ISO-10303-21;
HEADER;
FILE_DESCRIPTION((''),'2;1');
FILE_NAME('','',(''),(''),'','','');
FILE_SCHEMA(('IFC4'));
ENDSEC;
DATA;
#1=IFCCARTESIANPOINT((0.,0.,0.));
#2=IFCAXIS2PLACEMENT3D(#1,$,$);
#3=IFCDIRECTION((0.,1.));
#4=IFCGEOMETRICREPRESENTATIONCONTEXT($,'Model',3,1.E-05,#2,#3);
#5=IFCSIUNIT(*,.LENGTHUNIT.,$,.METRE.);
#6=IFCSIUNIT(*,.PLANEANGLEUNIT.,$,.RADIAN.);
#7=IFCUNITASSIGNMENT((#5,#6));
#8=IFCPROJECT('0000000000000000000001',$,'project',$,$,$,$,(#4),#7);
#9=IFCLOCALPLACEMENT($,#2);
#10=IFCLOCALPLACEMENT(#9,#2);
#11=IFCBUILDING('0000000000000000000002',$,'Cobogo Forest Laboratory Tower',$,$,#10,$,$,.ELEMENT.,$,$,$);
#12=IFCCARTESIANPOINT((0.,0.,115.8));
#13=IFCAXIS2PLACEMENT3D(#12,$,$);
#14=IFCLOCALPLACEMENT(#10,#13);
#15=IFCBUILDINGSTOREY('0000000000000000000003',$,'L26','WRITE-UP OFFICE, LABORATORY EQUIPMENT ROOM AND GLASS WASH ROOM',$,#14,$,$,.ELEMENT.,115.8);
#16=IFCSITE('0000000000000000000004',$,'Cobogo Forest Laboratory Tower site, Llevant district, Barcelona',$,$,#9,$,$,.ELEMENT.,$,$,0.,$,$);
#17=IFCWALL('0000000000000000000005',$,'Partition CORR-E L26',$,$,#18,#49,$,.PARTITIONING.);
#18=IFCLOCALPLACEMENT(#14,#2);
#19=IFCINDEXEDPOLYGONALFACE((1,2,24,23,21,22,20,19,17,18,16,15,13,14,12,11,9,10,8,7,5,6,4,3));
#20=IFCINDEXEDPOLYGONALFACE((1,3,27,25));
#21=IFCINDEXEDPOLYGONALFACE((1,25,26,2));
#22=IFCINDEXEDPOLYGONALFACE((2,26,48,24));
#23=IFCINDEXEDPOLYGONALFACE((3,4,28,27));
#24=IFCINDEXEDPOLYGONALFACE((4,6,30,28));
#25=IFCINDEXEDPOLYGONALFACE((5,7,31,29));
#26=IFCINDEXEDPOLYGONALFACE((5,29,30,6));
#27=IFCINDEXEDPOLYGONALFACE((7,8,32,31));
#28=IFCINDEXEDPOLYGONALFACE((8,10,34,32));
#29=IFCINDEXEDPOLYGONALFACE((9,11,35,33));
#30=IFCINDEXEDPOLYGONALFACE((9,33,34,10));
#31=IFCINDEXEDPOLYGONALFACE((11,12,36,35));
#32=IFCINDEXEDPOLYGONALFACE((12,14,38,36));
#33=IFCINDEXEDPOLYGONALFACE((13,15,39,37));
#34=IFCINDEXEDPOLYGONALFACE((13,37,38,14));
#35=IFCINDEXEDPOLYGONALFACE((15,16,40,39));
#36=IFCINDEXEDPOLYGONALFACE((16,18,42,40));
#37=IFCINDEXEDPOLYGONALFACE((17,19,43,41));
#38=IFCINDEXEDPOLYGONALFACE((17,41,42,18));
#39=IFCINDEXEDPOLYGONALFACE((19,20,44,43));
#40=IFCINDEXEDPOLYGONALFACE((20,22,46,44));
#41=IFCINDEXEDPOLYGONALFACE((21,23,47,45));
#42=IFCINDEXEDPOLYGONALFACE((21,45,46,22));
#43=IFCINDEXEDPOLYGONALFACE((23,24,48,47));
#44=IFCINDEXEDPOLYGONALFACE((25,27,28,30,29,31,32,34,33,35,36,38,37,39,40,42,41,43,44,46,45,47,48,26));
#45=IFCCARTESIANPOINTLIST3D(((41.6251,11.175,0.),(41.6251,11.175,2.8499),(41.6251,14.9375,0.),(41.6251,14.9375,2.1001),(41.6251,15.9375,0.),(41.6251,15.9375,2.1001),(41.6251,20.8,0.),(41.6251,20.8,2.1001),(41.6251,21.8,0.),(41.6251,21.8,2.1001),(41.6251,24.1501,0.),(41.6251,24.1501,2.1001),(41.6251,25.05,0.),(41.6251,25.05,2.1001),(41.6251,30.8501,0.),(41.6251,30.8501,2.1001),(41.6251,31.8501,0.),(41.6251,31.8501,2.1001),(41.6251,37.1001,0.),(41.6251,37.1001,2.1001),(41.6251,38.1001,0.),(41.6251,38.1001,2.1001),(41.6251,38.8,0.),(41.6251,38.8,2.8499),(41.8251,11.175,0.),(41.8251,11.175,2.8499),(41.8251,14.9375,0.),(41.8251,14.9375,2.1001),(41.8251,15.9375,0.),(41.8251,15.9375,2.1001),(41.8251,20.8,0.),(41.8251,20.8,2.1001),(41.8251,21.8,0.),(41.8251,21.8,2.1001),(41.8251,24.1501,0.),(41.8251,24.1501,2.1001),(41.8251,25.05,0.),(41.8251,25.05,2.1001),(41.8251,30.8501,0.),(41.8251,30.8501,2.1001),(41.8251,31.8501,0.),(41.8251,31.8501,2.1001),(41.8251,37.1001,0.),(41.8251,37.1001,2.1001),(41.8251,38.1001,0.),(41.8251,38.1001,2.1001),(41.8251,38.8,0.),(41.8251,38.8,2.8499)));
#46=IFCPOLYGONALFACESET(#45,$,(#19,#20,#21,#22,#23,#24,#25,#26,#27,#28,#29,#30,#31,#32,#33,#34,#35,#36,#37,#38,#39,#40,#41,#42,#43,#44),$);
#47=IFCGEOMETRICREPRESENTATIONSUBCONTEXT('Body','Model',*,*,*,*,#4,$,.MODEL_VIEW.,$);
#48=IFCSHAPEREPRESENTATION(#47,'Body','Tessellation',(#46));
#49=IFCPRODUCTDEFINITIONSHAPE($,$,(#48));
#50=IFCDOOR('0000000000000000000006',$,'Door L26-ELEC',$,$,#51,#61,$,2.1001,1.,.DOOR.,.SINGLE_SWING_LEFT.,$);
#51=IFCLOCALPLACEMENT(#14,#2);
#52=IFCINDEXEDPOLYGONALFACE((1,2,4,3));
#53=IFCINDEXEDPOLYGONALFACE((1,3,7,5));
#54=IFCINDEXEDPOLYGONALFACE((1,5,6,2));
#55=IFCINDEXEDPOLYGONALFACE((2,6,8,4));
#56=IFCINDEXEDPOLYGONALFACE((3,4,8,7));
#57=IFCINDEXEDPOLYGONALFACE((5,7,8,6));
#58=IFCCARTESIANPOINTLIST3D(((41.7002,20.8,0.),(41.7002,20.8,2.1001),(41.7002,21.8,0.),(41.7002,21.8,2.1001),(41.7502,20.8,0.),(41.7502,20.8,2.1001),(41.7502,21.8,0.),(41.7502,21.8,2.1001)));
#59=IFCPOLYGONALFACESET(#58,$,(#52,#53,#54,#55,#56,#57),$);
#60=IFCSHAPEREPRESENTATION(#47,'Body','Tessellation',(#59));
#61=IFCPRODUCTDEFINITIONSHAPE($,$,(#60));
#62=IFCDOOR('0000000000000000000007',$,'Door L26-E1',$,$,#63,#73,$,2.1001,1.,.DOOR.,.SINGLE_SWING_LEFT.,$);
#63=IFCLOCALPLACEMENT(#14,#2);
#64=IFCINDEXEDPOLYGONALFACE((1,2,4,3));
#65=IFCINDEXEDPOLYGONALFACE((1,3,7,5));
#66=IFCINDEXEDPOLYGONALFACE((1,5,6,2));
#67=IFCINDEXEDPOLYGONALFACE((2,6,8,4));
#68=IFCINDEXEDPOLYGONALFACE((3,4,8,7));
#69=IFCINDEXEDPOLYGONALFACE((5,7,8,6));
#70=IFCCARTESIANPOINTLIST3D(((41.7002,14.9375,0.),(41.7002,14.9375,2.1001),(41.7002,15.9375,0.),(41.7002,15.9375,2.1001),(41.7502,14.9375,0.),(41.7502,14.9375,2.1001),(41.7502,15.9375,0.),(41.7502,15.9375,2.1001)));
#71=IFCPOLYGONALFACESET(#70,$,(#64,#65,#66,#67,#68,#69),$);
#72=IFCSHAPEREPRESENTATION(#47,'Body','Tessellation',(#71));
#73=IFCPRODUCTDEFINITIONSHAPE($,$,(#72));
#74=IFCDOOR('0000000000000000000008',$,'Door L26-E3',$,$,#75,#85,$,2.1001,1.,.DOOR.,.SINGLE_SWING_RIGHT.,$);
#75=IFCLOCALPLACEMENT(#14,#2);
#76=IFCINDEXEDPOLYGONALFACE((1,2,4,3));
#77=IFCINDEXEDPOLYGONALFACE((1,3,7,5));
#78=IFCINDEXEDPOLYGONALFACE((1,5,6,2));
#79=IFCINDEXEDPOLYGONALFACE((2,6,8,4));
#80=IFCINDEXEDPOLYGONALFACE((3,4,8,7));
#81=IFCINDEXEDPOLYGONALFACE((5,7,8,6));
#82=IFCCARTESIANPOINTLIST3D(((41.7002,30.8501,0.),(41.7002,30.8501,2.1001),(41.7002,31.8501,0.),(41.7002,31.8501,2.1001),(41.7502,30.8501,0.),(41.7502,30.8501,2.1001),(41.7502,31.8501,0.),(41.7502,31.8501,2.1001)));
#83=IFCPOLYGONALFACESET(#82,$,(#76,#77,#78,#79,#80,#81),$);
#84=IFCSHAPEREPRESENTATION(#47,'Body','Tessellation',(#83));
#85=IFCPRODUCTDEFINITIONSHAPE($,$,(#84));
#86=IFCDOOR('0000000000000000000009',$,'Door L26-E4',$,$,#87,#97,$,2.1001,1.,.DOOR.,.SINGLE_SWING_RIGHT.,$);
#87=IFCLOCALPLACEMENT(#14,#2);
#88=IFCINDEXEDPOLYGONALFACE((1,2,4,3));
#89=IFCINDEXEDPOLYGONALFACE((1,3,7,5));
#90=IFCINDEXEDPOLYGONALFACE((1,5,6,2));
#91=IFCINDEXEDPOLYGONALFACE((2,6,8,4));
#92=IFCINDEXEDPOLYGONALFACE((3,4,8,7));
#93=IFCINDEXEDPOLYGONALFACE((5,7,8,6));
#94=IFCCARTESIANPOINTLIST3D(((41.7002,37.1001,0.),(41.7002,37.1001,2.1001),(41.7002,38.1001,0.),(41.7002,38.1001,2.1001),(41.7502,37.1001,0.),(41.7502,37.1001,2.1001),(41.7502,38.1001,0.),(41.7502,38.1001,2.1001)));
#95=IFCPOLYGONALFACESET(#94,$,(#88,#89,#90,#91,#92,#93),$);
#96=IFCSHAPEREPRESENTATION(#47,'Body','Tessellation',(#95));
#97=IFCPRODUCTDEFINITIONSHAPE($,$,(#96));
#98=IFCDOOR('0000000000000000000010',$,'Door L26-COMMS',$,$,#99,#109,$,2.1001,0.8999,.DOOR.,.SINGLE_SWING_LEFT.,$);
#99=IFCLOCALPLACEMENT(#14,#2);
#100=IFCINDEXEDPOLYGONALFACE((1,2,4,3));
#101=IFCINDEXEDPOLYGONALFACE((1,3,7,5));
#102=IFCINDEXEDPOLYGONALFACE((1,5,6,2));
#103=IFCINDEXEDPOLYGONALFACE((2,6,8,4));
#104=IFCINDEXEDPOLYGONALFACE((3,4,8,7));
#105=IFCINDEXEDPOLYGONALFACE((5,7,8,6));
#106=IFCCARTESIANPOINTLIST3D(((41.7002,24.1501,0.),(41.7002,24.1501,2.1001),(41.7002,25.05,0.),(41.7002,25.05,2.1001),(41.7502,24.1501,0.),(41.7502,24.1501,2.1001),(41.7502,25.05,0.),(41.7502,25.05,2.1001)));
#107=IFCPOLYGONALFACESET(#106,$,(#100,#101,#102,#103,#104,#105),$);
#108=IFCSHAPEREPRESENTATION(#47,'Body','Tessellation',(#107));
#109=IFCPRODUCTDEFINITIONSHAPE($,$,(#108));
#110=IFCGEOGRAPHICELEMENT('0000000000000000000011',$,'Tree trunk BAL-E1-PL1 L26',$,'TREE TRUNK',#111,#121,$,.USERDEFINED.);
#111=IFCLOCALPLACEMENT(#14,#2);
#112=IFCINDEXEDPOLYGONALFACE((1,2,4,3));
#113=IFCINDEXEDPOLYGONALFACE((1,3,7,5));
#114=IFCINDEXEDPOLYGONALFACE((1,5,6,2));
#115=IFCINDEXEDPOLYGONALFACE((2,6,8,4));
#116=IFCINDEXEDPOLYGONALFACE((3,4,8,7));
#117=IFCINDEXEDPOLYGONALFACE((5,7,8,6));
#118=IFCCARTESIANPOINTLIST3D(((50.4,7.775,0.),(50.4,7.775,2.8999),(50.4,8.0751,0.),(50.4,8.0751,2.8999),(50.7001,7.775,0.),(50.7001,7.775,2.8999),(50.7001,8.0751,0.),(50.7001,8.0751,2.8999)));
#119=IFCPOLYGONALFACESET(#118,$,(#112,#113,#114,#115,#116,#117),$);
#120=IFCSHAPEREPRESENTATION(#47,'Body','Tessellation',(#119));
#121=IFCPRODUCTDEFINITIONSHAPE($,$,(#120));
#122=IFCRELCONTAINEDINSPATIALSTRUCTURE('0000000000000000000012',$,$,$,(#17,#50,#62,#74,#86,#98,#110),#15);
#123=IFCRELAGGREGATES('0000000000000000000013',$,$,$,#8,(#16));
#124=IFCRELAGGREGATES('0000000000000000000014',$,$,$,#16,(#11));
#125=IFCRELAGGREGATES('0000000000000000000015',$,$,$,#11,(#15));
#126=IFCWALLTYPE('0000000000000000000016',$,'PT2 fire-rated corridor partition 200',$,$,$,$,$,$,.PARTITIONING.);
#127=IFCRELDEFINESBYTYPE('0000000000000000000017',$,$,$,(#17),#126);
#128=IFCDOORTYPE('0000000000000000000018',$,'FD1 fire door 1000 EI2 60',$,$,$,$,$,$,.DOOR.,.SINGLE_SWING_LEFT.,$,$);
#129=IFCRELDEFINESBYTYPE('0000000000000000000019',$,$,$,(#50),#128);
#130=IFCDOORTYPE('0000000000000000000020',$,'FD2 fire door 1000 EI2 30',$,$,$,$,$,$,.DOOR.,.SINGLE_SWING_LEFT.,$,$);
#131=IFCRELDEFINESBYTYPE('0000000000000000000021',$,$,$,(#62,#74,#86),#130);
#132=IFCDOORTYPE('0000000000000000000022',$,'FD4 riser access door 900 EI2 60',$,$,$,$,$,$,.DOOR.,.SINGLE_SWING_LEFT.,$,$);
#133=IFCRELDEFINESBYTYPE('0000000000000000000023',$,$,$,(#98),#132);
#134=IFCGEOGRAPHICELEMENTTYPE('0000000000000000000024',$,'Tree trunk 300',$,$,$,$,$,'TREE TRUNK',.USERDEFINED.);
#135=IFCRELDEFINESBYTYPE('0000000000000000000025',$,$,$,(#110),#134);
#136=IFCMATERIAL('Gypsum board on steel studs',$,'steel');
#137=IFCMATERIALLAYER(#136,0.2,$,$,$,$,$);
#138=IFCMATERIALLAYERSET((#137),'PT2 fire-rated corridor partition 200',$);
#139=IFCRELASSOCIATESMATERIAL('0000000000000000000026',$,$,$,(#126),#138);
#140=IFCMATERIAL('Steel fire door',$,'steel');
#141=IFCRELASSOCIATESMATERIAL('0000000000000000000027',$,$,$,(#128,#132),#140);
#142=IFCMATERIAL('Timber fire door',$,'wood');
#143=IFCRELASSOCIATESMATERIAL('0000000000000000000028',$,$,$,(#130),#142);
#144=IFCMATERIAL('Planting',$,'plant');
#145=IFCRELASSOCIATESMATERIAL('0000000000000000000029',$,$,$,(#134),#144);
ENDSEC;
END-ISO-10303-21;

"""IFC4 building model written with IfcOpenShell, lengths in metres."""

from ifc_helpers import new_model, si_unit, direction, frame, frame_2d, origin, origin_2d, place, context, subcontext, project, spatial, rectangle, extrude, material, layer, layer_set, type_object, element, fill, save


model = new_model("IFC4")

# Units and contexts
model_context = context("Model", 3, precision=1e-05, world=origin(), true_north=direction((0.0, 1.0)))
body_context = subcontext(model_context, "Body", "Model", "MODEL_VIEW")
ifc_project = project(units=[si_unit("LENGTHUNIT", "METRE"), si_unit("PLANEANGLEUNIT", "RADIAN")], contexts=[model_context])

# Site, building, storey
site_placement = place(None, origin())
site = spatial("IfcSite", under=ifc_project, at=site_placement, Name="Cobogo Forest Laboratory Tower site, Llevant district, Barcelona", CompositionType="ELEMENT", RefElevation=0.0)
building_placement = place(site_placement, origin())
building = spatial("IfcBuilding", under=site, at=building_placement, Name="Cobogo Forest Laboratory Tower", CompositionType="ELEMENT")
storey_placement = place(building_placement, frame((0.0, 0.0, 115.8)))
storey = spatial("IfcBuildingStorey", under=building, at=storey_placement, Name="L26", Description="WRITE-UP OFFICE, LABORATORY EQUIPMENT ROOM AND GLASS WASH ROOM", CompositionType="ELEMENT", Elevation=115.8)

# Shared definitions
ifc_material_1 = material(Name="Gypsum board on steel studs", Category="steel")

# Wall, openings, doors
ifc_layer_1 = layer(ifc_material_1, 0.2)
ifc_layer_set_1 = layer_set([ifc_layer_1], Name="PT2 fire-rated corridor partition 200")
wall_type_1 = type_object("IfcWallType", Name="PT2 fire-rated corridor partition 200", PredefinedType="PARTITIONING", material=ifc_layer_set_1)
wall_1_placement = place(storey_placement, frame((41.7251, 11.175, 0.0), z_axis=(0.0, 0.0, 1.0), x_axis=(0.0, 1.0, 0.0)))
wall_1 = element("IfcWall", 1, at=wall_1_placement, inside=storey, type_object=wall_type_1, Name="Partition CORR-E L26", PredefinedType="PARTITIONING", context=body_context, shape_type="SweptSolid", body=[
    extrude(rectangle(XDim=27.625, YDim=0.2, at=frame_2d((13.8125, 0.0))), origin(), (0.0, 0.0, 1.0), 2.8499),
])
opening_1_placement = place(wall_1_placement, frame((3.7625, 0.0, 0.0)))
opening_1 = element("IfcOpeningElement", 2, at=opening_1_placement, cuts=wall_1, PredefinedType="OPENING", context=body_context, shape_type="SweptSolid", body=[
    extrude(rectangle(XDim=1.0, YDim=2.1001, at=frame_2d((0.5, 1.05))), frame((0.0, 0.1099, 0.0), z_axis=(0.0, -1.0, 0.0), x_axis=(1.0, 0.0, 0.0)), (0.0, 0.0, 1.0), 0.22),
])
opening_2_placement = place(wall_1_placement, frame((9.625, 0.0, 0.0)))
opening_2 = element("IfcOpeningElement", 3, at=opening_2_placement, cuts=wall_1, PredefinedType="OPENING", context=body_context, shape_type="SweptSolid", body=[
    extrude(rectangle(XDim=1.0, YDim=2.1001, at=frame_2d((0.5, 1.05))), frame((0.0, 0.1099, 0.0), z_axis=(0.0, -1.0, 0.0), x_axis=(1.0, 0.0, 0.0)), (0.0, 0.0, 1.0), 0.22),
])
opening_3_placement = place(wall_1_placement, frame((12.9751, 0.0, 0.0)))
opening_3 = element("IfcOpeningElement", 4, at=opening_3_placement, cuts=wall_1, PredefinedType="OPENING", context=body_context, shape_type="SweptSolid", body=[
    extrude(rectangle(XDim=0.8999, YDim=2.1001, at=frame_2d((0.45, 1.05))), frame((0.0, 0.1099, 0.0), z_axis=(0.0, -1.0, 0.0), x_axis=(1.0, 0.0, 0.0)), (0.0, 0.0, 1.0), 0.22),
])
opening_4_placement = place(wall_1_placement, frame((19.675, 0.0, 0.0)))
opening_4 = element("IfcOpeningElement", 5, at=opening_4_placement, cuts=wall_1, PredefinedType="OPENING", context=body_context, shape_type="SweptSolid", body=[
    extrude(rectangle(XDim=1.0, YDim=2.1001, at=frame_2d((0.5, 1.05))), frame((0.0, 0.1099, 0.0), z_axis=(0.0, -1.0, 0.0), x_axis=(1.0, 0.0, 0.0)), (0.0, 0.0, 1.0), 0.22),
])
opening_5_placement = place(wall_1_placement, frame((25.925, 0.0, 0.0)))
opening_5 = element("IfcOpeningElement", 6, at=opening_5_placement, cuts=wall_1, PredefinedType="OPENING", context=body_context, shape_type="SweptSolid", body=[
    extrude(rectangle(XDim=1.0, YDim=2.1001, at=frame_2d((0.5, 1.05))), frame((0.0, 0.1099, 0.0), z_axis=(0.0, -1.0, 0.0), x_axis=(1.0, 0.0, 0.0)), (0.0, 0.0, 1.0), 0.22),
])
ifc_material_2 = material(Name="Steel fire door", Category="steel")
door_type_1 = type_object("IfcDoorType", Name="FD1 fire door 1000 EI2 60", OperationType="SINGLE_SWING_LEFT", PredefinedType="DOOR", material=ifc_material_2)
door_1_placement = place(opening_2_placement, origin())
door_1 = element("IfcDoor", 7, at=door_1_placement, inside=storey, type_object=door_type_1, Name="Door L26-ELEC", OperationType="SINGLE_SWING_LEFT", OverallHeight=2.1001, OverallWidth=1.0, PredefinedType="DOOR", context=body_context, shape_type="SweptSolid", body=[
    extrude(rectangle(XDim=1.0, YDim=2.1001, at=frame_2d((0.5, 1.05))), frame((0.0, 0.0249, 0.0), z_axis=(0.0, -1.0, 0.0), x_axis=(1.0, 0.0, 0.0)), (0.0, 0.0, 1.0), 0.05),
])
fill(opening_2, door_1)
ifc_material_3 = material(Name="Timber fire door", Category="wood")
door_type_2 = type_object("IfcDoorType", Name="FD2 fire door 1000 EI2 30", OperationType="SINGLE_SWING_LEFT", PredefinedType="DOOR", material=ifc_material_3)
door_2_placement = place(opening_1_placement, origin())
door_2 = element("IfcDoor", 8, at=door_2_placement, inside=storey, type_object=door_type_2, Name="Door L26-E1", OperationType="SINGLE_SWING_LEFT", OverallHeight=2.1001, OverallWidth=1.0, PredefinedType="DOOR", context=body_context, shape_type="SweptSolid", body=[
    extrude(rectangle(XDim=1.0, YDim=2.1001, at=frame_2d((0.5, 1.05))), frame((0.0, 0.0249, 0.0), z_axis=(0.0, -1.0, 0.0), x_axis=(1.0, 0.0, 0.0)), (0.0, 0.0, 1.0), 0.05),
])
fill(opening_1, door_2)
door_3_placement = place(opening_4_placement, origin())
door_3 = element("IfcDoor", 9, at=door_3_placement, inside=storey, type_object=door_type_2, Name="Door L26-E3", OperationType="SINGLE_SWING_RIGHT", OverallHeight=2.1001, OverallWidth=1.0, PredefinedType="DOOR", context=body_context, shape_type="SweptSolid", body=[
    extrude(rectangle(XDim=1.0, YDim=2.1001, at=frame_2d((0.5, 1.05))), frame((0.0, 0.0249, 0.0), z_axis=(0.0, -1.0, 0.0), x_axis=(1.0, 0.0, 0.0)), (0.0, 0.0, 1.0), 0.05),
])
fill(opening_4, door_3)
door_4_placement = place(opening_5_placement, origin())
door_4 = element("IfcDoor", 10, at=door_4_placement, inside=storey, type_object=door_type_2, Name="Door L26-E4", OperationType="SINGLE_SWING_RIGHT", OverallHeight=2.1001, OverallWidth=1.0, PredefinedType="DOOR", context=body_context, shape_type="SweptSolid", body=[
    extrude(rectangle(XDim=1.0, YDim=2.1001, at=frame_2d((0.5, 1.05))), frame((0.0, 0.0249, 0.0), z_axis=(0.0, -1.0, 0.0), x_axis=(1.0, 0.0, 0.0)), (0.0, 0.0, 1.0), 0.05),
])
fill(opening_5, door_4)
door_type_3 = type_object("IfcDoorType", Name="FD4 riser access door 900 EI2 60", OperationType="SINGLE_SWING_LEFT", PredefinedType="DOOR", material=ifc_material_2)
door_5_placement = place(opening_3_placement, origin())
door_5 = element("IfcDoor", 11, at=door_5_placement, inside=storey, type_object=door_type_3, Name="Door L26-COMMS", OperationType="SINGLE_SWING_LEFT", OverallHeight=2.1001, OverallWidth=0.8999, PredefinedType="DOOR", context=body_context, shape_type="SweptSolid", body=[
    extrude(rectangle(XDim=0.8999, YDim=2.1001, at=frame_2d((0.45, 1.05))), frame((0.0, 0.0249, 0.0), z_axis=(0.0, -1.0, 0.0), x_axis=(1.0, 0.0, 0.0)), (0.0, 0.0, 1.0), 0.05),
])
fill(opening_3, door_5)

# Geographic element
ifc_material_4 = material(Name="Planting", Category="plant")
geographic_element_type = type_object("IfcGeographicElementType", Name="Tree trunk 300", ElementType="TREE TRUNK", PredefinedType="USERDEFINED", material=ifc_material_4)
geographic_element_placement = place(storey_placement, frame((50.55, 7.925, 0.0), z_axis=(0.0, 0.0, 1.0), x_axis=(1.0, 0.0, 0.0)))
element("IfcGeographicElement", 12, at=geographic_element_placement, inside=storey, type_object=geographic_element_type, Name="Tree trunk BAL-E1-PL1 L26", ObjectType="TREE TRUNK", PredefinedType="USERDEFINED", context=body_context, shape_type="SweptSolid", body=[
    extrude(rectangle(XDim=0.3, YDim=0.3, at=origin_2d()), origin(), (0.0, 0.0, 1.0), 2.8999),
])

save(model, "model.ifc")
